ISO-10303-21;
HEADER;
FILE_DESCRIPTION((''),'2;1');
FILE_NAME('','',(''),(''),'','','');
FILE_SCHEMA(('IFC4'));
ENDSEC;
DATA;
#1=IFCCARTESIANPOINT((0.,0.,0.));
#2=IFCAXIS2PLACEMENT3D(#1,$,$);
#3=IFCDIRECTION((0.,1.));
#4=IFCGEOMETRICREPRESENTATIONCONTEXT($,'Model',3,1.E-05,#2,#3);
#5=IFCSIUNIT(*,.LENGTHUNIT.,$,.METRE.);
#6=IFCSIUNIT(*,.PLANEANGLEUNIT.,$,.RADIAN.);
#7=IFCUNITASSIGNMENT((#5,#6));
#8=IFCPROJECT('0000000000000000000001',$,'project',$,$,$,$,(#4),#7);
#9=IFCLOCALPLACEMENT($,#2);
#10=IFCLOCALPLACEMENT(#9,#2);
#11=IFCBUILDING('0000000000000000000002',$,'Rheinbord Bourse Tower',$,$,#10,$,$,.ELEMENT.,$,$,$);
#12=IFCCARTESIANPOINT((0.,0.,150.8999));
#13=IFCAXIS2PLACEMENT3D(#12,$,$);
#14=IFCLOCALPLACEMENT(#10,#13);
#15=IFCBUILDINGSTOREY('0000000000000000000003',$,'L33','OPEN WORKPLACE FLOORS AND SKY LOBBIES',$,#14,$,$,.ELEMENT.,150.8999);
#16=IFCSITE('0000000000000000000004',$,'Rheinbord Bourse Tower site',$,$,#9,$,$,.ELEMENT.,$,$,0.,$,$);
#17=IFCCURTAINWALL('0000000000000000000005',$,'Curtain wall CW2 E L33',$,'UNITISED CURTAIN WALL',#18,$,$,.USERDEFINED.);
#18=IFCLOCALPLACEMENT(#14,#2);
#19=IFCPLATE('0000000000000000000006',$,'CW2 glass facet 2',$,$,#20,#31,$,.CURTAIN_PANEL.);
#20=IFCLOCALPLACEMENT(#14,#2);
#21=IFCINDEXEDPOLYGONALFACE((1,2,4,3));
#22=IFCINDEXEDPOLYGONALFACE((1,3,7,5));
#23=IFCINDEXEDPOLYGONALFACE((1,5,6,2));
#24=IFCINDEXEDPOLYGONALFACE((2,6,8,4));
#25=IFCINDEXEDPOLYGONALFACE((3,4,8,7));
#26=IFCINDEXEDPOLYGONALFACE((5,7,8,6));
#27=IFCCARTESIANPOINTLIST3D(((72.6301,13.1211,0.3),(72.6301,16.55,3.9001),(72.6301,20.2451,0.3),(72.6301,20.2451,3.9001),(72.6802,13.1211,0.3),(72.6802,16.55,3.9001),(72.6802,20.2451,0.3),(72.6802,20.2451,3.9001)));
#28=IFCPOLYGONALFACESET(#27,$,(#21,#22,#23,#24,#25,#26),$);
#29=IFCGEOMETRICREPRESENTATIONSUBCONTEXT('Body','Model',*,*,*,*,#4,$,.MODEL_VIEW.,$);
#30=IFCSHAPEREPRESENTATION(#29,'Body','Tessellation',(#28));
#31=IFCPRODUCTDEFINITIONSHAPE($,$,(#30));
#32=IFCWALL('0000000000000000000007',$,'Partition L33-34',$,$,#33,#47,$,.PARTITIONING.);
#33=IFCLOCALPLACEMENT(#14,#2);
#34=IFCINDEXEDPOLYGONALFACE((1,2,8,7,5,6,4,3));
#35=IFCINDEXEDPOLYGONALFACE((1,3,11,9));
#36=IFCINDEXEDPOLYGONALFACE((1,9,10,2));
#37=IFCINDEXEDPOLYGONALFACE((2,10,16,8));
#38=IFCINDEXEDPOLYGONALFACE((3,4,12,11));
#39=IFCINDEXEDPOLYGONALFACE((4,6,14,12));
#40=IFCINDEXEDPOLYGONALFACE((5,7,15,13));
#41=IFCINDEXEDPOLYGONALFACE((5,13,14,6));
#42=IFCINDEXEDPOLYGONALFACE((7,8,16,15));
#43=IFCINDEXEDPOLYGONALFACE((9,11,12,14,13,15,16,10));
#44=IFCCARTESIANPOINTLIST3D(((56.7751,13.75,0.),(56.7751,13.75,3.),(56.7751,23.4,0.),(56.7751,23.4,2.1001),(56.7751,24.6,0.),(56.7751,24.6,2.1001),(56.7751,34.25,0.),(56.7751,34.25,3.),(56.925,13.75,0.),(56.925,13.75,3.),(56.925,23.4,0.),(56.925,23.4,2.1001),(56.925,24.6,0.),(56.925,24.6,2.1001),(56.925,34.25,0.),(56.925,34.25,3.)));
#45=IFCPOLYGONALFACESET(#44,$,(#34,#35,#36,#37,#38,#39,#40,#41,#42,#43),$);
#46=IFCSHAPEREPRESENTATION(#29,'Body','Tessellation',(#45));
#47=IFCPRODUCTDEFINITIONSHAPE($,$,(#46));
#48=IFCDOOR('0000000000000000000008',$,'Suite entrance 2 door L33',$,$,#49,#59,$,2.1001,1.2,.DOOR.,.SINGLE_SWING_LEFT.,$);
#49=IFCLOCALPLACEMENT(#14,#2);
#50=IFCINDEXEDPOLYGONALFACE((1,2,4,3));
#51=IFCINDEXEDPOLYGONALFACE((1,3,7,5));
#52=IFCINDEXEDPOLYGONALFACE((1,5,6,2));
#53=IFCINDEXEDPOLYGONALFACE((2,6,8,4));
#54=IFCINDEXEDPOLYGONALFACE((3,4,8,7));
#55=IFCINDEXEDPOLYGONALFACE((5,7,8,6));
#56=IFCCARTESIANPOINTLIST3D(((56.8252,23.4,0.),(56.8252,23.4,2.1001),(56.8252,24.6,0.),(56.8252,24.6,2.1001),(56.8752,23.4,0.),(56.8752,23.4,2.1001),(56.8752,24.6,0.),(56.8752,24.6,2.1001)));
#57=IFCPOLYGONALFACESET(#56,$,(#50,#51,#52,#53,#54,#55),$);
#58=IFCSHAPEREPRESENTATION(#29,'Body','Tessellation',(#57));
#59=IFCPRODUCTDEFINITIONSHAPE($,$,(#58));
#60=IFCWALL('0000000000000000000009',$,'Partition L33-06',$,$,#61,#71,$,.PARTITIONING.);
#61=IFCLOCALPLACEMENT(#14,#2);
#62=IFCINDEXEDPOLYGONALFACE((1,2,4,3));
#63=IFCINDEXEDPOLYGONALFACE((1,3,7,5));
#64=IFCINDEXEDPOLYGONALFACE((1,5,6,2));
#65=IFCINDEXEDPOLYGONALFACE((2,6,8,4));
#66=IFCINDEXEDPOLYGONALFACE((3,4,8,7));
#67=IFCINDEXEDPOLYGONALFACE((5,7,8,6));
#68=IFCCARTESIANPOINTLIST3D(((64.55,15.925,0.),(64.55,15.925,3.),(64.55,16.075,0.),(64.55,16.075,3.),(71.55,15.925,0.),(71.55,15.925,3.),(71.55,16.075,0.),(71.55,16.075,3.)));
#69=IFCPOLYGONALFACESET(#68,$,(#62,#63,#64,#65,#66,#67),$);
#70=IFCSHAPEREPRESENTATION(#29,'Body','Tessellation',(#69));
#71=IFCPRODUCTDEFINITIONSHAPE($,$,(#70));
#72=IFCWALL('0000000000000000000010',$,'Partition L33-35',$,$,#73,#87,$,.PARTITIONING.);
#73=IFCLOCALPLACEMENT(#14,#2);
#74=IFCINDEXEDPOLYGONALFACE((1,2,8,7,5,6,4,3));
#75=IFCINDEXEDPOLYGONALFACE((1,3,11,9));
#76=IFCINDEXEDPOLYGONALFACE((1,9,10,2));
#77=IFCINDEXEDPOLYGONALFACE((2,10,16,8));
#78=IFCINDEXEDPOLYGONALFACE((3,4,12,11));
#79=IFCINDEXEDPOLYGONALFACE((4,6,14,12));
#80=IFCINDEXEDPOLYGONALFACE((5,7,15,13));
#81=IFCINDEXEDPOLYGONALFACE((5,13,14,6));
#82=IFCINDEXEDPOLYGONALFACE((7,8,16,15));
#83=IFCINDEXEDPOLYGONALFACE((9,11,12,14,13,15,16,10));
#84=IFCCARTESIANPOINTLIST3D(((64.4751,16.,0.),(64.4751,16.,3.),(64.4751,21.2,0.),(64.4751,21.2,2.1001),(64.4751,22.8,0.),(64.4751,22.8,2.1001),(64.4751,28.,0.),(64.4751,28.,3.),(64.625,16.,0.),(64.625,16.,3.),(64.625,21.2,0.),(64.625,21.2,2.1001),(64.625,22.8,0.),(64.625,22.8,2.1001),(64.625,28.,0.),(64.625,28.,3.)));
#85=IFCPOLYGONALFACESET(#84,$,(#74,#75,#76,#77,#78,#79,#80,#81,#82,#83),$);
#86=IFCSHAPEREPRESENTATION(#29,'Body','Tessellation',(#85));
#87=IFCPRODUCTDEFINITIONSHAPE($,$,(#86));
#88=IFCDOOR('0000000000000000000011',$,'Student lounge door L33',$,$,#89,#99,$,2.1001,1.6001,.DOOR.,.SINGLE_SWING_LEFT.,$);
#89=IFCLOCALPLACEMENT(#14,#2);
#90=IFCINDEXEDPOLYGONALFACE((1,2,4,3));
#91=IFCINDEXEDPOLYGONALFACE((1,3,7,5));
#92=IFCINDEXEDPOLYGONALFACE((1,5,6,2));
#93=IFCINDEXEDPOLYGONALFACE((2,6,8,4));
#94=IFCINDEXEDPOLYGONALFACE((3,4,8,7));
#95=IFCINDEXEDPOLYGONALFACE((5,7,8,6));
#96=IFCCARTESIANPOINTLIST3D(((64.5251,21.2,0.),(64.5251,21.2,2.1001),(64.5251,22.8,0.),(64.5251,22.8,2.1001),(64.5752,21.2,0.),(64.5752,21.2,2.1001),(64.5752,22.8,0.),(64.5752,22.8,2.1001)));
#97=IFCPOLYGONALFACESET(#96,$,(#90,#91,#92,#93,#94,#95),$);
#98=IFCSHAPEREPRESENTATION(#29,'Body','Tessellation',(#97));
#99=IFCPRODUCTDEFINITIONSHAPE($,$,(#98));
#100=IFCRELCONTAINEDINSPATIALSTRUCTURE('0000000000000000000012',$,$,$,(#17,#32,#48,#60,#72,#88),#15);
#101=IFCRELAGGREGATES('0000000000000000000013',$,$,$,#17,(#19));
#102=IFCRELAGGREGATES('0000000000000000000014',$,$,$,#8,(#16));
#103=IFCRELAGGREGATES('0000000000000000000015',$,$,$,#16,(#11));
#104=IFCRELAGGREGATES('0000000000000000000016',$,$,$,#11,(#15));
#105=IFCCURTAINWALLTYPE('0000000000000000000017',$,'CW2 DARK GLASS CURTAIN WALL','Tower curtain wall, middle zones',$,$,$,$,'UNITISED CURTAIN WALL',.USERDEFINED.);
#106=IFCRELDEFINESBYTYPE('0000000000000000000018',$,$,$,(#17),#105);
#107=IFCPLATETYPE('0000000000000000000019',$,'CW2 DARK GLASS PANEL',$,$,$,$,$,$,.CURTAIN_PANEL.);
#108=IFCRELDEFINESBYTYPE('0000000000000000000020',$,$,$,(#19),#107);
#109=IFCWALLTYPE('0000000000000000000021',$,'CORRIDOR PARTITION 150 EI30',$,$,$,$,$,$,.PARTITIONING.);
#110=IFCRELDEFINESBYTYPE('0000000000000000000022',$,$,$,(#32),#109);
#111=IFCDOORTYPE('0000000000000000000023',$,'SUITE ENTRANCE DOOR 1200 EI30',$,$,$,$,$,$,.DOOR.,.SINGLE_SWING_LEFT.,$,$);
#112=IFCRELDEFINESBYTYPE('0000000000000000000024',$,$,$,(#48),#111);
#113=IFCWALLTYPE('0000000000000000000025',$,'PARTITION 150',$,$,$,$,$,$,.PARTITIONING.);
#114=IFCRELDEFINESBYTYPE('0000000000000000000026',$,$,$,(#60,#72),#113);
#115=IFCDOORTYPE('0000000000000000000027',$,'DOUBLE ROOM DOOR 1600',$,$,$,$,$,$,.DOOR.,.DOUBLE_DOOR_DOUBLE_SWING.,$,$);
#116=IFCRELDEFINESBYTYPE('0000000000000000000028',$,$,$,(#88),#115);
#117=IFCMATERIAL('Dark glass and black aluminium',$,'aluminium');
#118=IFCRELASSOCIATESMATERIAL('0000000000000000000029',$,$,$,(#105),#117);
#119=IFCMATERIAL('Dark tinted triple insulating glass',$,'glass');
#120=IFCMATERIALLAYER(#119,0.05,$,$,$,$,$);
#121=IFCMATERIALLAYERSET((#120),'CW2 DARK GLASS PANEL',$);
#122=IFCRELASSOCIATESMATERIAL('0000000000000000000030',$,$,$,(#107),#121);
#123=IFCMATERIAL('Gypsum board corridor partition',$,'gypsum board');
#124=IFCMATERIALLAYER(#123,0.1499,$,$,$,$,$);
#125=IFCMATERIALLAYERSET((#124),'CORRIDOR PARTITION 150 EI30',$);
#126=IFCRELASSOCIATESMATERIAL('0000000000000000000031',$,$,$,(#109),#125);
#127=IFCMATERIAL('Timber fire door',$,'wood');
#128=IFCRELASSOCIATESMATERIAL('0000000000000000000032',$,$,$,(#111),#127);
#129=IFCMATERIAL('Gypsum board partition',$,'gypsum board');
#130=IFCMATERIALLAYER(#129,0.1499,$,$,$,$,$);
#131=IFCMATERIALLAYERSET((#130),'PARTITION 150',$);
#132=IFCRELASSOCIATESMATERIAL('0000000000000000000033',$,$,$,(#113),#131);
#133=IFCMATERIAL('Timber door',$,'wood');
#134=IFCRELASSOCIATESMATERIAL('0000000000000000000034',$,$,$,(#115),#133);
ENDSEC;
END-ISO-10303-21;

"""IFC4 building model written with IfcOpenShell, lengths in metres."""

from ifc_helpers import new_model, si_unit, direction, frame, frame_2d, origin, place, context, subcontext, project, spatial, polyline, rectangle, outline, extrude, material, layer, layer_set, type_object, element, fill, aggregate, save


model = new_model("IFC4")

# Units and contexts
model_context = context("Model", 3, precision=1e-05, world=origin(), true_north=direction((0.0, 1.0)))
body_context = subcontext(model_context, "Body", "Model", "MODEL_VIEW")
ifc_project = project(units=[si_unit("LENGTHUNIT", "METRE"), si_unit("PLANEANGLEUNIT", "RADIAN")], contexts=[model_context])

# Site, building, storey
site_placement = place(None, origin())
site = spatial("IfcSite", under=ifc_project, at=site_placement, Name="Rheinbord Bourse Tower site", CompositionType="ELEMENT", RefElevation=0.0)
building_placement = place(site_placement, origin())
building = spatial("IfcBuilding", under=site, at=building_placement, Name="Rheinbord Bourse Tower", CompositionType="ELEMENT")
storey_placement = place(building_placement, frame((0.0, 0.0, 150.8999)))
storey = spatial("IfcBuildingStorey", under=building, at=storey_placement, Name="L33", Description="OPEN WORKPLACE FLOORS AND SKY LOBBIES", CompositionType="ELEMENT", Elevation=150.8999)

# Curtain wall
ifc_material_1 = material(Name="Dark glass and black aluminium", Category="aluminium")
curtain_wall_type = type_object("IfcCurtainWallType", Name="CW2 DARK GLASS CURTAIN WALL", Description="Tower curtain wall, middle zones", ElementType="UNITISED CURTAIN WALL", PredefinedType="USERDEFINED", material=ifc_material_1)
curtain_wall_placement = place(storey_placement, origin())
curtain_wall = element("IfcCurtainWall", 1, at=curtain_wall_placement, inside=storey, type_object=curtain_wall_type, Name="Curtain wall CW2 E L33", ObjectType="UNITISED CURTAIN WALL", PredefinedType="USERDEFINED")

# Plate
ifc_material_2 = material(Name="Dark tinted triple insulating glass", Category="glass")
ifc_layer_1 = layer(ifc_material_2, 0.05)
ifc_layer_set_1 = layer_set([ifc_layer_1], Name="CW2 DARK GLASS PANEL")
plate_type = type_object("IfcPlateType", Name="CW2 DARK GLASS PANEL", PredefinedType="CURTAIN_PANEL", material=ifc_layer_set_1)
plate_1_placement = place(storey_placement, frame((72.6802, 20.2451, 3.9001), z_axis=(-1.0, 0.0, 0.0), x_axis=(0.0, 0.0, -1.0)))
plate_1 = element("IfcPlate", 2, at=plate_1_placement, type_object=plate_type, Name="CW2 glass facet 2", PredefinedType="CURTAIN_PANEL", context=body_context, shape_type="SweptSolid", body=[
    extrude(outline(polyline([(0.0, 0.0), (3.6001, 0.0), (3.6001, 7.124), (0.0, 3.6951), (0.0, 0.0)])), origin(), (0.0, 0.0, 1.0), 0.05),
])
aggregate(curtain_wall, [plate_1])

# Wall, opening, door
ifc_material_3 = material(Name="Gypsum board corridor partition", Category="gypsum board")
ifc_layer_2 = layer(ifc_material_3, 0.1499)
ifc_layer_set_2 = layer_set([ifc_layer_2], Name="CORRIDOR PARTITION 150 EI30")
wall_type_1 = type_object("IfcWallType", Name="CORRIDOR PARTITION 150 EI30", PredefinedType="PARTITIONING", material=ifc_layer_set_2)
wall_1_placement = place(storey_placement, frame((56.8501, 13.75, 0.0), z_axis=(0.0, 0.0, 1.0), x_axis=(0.0, 1.0, 0.0)))
wall_1 = element("IfcWall", 3, at=wall_1_placement, inside=storey, type_object=wall_type_1, Name="Partition L33-34", PredefinedType="PARTITIONING", context=body_context, shape_type="SweptSolid", body=[
    extrude(rectangle(XDim=20.5, YDim=0.1499, at=frame_2d((10.25, 0.0))), origin(), (0.0, 0.0, 1.0), 3.0),
])
opening_1_placement = place(wall_1_placement, frame((9.6499, 0.0, 0.0)))
opening_1 = element("IfcOpeningElement", 4, at=opening_1_placement, cuts=wall_1, PredefinedType="OPENING", context=body_context, shape_type="SweptSolid", body=[
    extrude(rectangle(XDim=1.2, YDim=2.1001, at=frame_2d((0.6001, 1.05))), frame((0.0, 0.085, 0.0), z_axis=(0.0, -1.0, 0.0), x_axis=(1.0, 0.0, 0.0)), (0.0, 0.0, 1.0), 0.1699),
])
ifc_material_4 = material(Name="Timber fire door", Category="wood")
door_type_1 = type_object("IfcDoorType", Name="SUITE ENTRANCE DOOR 1200 EI30", OperationType="SINGLE_SWING_LEFT", PredefinedType="DOOR", material=ifc_material_4)
door_1_placement = place(opening_1_placement, origin())
door_1 = element("IfcDoor", 5, at=door_1_placement, inside=storey, type_object=door_type_1, Name="Suite entrance 2 door L33", OperationType="SINGLE_SWING_LEFT", OverallHeight=2.1001, OverallWidth=1.2, PredefinedType="DOOR", context=body_context, shape_type="SweptSolid", body=[
    extrude(rectangle(XDim=1.2, YDim=2.1001, at=frame_2d((0.6001, 1.05))), frame((0.0, 0.0249, 0.0), z_axis=(0.0, -1.0, 0.0), x_axis=(1.0, 0.0, 0.0)), (0.0, 0.0, 1.0), 0.05),
])
fill(opening_1, door_1)

# Wall
ifc_material_5 = material(Name="Gypsum board partition", Category="gypsum board")
ifc_layer_3 = layer(ifc_material_5, 0.1499)
ifc_layer_set_3 = layer_set([ifc_layer_3], Name="PARTITION 150")
wall_type_2 = type_object("IfcWallType", Name="PARTITION 150", PredefinedType="PARTITIONING", material=ifc_layer_set_3)
wall_2_placement = place(storey_placement, frame((64.55, 16.0, 0.0), z_axis=(0.0, 0.0, 1.0), x_axis=(1.0, 0.0, 0.0)))
element("IfcWall", 6, at=wall_2_placement, inside=storey, type_object=wall_type_2, Name="Partition L33-06", PredefinedType="PARTITIONING", context=body_context, shape_type="SweptSolid", body=[
    extrude(rectangle(XDim=7.0, YDim=0.1499, at=frame_2d((3.5, 0.0))), origin(), (0.0, 0.0, 1.0), 3.0),
])

# Wall, opening, door
wall_3_placement = place(storey_placement, frame((64.55, 16.0, 0.0), z_axis=(0.0, 0.0, 1.0), x_axis=(0.0, 1.0, 0.0)))
wall_3 = element("IfcWall", 7, at=wall_3_placement, inside=storey, type_object=wall_type_2, Name="Partition L33-35", PredefinedType="PARTITIONING", context=body_context, shape_type="SweptSolid", body=[
    extrude(rectangle(XDim=12.0, YDim=0.1499, at=frame_2d((6.0, 0.0))), origin(), (0.0, 0.0, 1.0), 3.0),
])
opening_2_placement = place(wall_3_placement, frame((5.2, 0.0, 0.0)))
opening_2 = element("IfcOpeningElement", 8, at=opening_2_placement, cuts=wall_3, PredefinedType="OPENING", context=body_context, shape_type="SweptSolid", body=[
    extrude(rectangle(XDim=1.6001, YDim=2.1001, at=frame_2d((0.8, 1.05))), frame((0.0, 0.085, 0.0), z_axis=(0.0, -1.0, 0.0), x_axis=(1.0, 0.0, 0.0)), (0.0, 0.0, 1.0), 0.1699),
])
ifc_material_6 = material(Name="Timber door", Category="wood")
door_type_2 = type_object("IfcDoorType", Name="DOUBLE ROOM DOOR 1600", OperationType="DOUBLE_DOOR_DOUBLE_SWING", PredefinedType="DOOR", material=ifc_material_6)
door_2_placement = place(opening_2_placement, origin())
door_2 = element("IfcDoor", 9, at=door_2_placement, inside=storey, type_object=door_type_2, Name="Student lounge door L33", OperationType="SINGLE_SWING_LEFT", OverallHeight=2.1001, OverallWidth=1.6001, PredefinedType="DOOR", context=body_context, shape_type="SweptSolid", body=[
    extrude(rectangle(XDim=1.6001, YDim=2.1001, at=frame_2d((0.8, 1.05))), frame((0.0, 0.0249, 0.0), z_axis=(0.0, -1.0, 0.0), x_axis=(1.0, 0.0, 0.0)), (0.0, 0.0, 1.0), 0.05),
])
fill(opening_2, door_2)

save(model, "model.ifc")
